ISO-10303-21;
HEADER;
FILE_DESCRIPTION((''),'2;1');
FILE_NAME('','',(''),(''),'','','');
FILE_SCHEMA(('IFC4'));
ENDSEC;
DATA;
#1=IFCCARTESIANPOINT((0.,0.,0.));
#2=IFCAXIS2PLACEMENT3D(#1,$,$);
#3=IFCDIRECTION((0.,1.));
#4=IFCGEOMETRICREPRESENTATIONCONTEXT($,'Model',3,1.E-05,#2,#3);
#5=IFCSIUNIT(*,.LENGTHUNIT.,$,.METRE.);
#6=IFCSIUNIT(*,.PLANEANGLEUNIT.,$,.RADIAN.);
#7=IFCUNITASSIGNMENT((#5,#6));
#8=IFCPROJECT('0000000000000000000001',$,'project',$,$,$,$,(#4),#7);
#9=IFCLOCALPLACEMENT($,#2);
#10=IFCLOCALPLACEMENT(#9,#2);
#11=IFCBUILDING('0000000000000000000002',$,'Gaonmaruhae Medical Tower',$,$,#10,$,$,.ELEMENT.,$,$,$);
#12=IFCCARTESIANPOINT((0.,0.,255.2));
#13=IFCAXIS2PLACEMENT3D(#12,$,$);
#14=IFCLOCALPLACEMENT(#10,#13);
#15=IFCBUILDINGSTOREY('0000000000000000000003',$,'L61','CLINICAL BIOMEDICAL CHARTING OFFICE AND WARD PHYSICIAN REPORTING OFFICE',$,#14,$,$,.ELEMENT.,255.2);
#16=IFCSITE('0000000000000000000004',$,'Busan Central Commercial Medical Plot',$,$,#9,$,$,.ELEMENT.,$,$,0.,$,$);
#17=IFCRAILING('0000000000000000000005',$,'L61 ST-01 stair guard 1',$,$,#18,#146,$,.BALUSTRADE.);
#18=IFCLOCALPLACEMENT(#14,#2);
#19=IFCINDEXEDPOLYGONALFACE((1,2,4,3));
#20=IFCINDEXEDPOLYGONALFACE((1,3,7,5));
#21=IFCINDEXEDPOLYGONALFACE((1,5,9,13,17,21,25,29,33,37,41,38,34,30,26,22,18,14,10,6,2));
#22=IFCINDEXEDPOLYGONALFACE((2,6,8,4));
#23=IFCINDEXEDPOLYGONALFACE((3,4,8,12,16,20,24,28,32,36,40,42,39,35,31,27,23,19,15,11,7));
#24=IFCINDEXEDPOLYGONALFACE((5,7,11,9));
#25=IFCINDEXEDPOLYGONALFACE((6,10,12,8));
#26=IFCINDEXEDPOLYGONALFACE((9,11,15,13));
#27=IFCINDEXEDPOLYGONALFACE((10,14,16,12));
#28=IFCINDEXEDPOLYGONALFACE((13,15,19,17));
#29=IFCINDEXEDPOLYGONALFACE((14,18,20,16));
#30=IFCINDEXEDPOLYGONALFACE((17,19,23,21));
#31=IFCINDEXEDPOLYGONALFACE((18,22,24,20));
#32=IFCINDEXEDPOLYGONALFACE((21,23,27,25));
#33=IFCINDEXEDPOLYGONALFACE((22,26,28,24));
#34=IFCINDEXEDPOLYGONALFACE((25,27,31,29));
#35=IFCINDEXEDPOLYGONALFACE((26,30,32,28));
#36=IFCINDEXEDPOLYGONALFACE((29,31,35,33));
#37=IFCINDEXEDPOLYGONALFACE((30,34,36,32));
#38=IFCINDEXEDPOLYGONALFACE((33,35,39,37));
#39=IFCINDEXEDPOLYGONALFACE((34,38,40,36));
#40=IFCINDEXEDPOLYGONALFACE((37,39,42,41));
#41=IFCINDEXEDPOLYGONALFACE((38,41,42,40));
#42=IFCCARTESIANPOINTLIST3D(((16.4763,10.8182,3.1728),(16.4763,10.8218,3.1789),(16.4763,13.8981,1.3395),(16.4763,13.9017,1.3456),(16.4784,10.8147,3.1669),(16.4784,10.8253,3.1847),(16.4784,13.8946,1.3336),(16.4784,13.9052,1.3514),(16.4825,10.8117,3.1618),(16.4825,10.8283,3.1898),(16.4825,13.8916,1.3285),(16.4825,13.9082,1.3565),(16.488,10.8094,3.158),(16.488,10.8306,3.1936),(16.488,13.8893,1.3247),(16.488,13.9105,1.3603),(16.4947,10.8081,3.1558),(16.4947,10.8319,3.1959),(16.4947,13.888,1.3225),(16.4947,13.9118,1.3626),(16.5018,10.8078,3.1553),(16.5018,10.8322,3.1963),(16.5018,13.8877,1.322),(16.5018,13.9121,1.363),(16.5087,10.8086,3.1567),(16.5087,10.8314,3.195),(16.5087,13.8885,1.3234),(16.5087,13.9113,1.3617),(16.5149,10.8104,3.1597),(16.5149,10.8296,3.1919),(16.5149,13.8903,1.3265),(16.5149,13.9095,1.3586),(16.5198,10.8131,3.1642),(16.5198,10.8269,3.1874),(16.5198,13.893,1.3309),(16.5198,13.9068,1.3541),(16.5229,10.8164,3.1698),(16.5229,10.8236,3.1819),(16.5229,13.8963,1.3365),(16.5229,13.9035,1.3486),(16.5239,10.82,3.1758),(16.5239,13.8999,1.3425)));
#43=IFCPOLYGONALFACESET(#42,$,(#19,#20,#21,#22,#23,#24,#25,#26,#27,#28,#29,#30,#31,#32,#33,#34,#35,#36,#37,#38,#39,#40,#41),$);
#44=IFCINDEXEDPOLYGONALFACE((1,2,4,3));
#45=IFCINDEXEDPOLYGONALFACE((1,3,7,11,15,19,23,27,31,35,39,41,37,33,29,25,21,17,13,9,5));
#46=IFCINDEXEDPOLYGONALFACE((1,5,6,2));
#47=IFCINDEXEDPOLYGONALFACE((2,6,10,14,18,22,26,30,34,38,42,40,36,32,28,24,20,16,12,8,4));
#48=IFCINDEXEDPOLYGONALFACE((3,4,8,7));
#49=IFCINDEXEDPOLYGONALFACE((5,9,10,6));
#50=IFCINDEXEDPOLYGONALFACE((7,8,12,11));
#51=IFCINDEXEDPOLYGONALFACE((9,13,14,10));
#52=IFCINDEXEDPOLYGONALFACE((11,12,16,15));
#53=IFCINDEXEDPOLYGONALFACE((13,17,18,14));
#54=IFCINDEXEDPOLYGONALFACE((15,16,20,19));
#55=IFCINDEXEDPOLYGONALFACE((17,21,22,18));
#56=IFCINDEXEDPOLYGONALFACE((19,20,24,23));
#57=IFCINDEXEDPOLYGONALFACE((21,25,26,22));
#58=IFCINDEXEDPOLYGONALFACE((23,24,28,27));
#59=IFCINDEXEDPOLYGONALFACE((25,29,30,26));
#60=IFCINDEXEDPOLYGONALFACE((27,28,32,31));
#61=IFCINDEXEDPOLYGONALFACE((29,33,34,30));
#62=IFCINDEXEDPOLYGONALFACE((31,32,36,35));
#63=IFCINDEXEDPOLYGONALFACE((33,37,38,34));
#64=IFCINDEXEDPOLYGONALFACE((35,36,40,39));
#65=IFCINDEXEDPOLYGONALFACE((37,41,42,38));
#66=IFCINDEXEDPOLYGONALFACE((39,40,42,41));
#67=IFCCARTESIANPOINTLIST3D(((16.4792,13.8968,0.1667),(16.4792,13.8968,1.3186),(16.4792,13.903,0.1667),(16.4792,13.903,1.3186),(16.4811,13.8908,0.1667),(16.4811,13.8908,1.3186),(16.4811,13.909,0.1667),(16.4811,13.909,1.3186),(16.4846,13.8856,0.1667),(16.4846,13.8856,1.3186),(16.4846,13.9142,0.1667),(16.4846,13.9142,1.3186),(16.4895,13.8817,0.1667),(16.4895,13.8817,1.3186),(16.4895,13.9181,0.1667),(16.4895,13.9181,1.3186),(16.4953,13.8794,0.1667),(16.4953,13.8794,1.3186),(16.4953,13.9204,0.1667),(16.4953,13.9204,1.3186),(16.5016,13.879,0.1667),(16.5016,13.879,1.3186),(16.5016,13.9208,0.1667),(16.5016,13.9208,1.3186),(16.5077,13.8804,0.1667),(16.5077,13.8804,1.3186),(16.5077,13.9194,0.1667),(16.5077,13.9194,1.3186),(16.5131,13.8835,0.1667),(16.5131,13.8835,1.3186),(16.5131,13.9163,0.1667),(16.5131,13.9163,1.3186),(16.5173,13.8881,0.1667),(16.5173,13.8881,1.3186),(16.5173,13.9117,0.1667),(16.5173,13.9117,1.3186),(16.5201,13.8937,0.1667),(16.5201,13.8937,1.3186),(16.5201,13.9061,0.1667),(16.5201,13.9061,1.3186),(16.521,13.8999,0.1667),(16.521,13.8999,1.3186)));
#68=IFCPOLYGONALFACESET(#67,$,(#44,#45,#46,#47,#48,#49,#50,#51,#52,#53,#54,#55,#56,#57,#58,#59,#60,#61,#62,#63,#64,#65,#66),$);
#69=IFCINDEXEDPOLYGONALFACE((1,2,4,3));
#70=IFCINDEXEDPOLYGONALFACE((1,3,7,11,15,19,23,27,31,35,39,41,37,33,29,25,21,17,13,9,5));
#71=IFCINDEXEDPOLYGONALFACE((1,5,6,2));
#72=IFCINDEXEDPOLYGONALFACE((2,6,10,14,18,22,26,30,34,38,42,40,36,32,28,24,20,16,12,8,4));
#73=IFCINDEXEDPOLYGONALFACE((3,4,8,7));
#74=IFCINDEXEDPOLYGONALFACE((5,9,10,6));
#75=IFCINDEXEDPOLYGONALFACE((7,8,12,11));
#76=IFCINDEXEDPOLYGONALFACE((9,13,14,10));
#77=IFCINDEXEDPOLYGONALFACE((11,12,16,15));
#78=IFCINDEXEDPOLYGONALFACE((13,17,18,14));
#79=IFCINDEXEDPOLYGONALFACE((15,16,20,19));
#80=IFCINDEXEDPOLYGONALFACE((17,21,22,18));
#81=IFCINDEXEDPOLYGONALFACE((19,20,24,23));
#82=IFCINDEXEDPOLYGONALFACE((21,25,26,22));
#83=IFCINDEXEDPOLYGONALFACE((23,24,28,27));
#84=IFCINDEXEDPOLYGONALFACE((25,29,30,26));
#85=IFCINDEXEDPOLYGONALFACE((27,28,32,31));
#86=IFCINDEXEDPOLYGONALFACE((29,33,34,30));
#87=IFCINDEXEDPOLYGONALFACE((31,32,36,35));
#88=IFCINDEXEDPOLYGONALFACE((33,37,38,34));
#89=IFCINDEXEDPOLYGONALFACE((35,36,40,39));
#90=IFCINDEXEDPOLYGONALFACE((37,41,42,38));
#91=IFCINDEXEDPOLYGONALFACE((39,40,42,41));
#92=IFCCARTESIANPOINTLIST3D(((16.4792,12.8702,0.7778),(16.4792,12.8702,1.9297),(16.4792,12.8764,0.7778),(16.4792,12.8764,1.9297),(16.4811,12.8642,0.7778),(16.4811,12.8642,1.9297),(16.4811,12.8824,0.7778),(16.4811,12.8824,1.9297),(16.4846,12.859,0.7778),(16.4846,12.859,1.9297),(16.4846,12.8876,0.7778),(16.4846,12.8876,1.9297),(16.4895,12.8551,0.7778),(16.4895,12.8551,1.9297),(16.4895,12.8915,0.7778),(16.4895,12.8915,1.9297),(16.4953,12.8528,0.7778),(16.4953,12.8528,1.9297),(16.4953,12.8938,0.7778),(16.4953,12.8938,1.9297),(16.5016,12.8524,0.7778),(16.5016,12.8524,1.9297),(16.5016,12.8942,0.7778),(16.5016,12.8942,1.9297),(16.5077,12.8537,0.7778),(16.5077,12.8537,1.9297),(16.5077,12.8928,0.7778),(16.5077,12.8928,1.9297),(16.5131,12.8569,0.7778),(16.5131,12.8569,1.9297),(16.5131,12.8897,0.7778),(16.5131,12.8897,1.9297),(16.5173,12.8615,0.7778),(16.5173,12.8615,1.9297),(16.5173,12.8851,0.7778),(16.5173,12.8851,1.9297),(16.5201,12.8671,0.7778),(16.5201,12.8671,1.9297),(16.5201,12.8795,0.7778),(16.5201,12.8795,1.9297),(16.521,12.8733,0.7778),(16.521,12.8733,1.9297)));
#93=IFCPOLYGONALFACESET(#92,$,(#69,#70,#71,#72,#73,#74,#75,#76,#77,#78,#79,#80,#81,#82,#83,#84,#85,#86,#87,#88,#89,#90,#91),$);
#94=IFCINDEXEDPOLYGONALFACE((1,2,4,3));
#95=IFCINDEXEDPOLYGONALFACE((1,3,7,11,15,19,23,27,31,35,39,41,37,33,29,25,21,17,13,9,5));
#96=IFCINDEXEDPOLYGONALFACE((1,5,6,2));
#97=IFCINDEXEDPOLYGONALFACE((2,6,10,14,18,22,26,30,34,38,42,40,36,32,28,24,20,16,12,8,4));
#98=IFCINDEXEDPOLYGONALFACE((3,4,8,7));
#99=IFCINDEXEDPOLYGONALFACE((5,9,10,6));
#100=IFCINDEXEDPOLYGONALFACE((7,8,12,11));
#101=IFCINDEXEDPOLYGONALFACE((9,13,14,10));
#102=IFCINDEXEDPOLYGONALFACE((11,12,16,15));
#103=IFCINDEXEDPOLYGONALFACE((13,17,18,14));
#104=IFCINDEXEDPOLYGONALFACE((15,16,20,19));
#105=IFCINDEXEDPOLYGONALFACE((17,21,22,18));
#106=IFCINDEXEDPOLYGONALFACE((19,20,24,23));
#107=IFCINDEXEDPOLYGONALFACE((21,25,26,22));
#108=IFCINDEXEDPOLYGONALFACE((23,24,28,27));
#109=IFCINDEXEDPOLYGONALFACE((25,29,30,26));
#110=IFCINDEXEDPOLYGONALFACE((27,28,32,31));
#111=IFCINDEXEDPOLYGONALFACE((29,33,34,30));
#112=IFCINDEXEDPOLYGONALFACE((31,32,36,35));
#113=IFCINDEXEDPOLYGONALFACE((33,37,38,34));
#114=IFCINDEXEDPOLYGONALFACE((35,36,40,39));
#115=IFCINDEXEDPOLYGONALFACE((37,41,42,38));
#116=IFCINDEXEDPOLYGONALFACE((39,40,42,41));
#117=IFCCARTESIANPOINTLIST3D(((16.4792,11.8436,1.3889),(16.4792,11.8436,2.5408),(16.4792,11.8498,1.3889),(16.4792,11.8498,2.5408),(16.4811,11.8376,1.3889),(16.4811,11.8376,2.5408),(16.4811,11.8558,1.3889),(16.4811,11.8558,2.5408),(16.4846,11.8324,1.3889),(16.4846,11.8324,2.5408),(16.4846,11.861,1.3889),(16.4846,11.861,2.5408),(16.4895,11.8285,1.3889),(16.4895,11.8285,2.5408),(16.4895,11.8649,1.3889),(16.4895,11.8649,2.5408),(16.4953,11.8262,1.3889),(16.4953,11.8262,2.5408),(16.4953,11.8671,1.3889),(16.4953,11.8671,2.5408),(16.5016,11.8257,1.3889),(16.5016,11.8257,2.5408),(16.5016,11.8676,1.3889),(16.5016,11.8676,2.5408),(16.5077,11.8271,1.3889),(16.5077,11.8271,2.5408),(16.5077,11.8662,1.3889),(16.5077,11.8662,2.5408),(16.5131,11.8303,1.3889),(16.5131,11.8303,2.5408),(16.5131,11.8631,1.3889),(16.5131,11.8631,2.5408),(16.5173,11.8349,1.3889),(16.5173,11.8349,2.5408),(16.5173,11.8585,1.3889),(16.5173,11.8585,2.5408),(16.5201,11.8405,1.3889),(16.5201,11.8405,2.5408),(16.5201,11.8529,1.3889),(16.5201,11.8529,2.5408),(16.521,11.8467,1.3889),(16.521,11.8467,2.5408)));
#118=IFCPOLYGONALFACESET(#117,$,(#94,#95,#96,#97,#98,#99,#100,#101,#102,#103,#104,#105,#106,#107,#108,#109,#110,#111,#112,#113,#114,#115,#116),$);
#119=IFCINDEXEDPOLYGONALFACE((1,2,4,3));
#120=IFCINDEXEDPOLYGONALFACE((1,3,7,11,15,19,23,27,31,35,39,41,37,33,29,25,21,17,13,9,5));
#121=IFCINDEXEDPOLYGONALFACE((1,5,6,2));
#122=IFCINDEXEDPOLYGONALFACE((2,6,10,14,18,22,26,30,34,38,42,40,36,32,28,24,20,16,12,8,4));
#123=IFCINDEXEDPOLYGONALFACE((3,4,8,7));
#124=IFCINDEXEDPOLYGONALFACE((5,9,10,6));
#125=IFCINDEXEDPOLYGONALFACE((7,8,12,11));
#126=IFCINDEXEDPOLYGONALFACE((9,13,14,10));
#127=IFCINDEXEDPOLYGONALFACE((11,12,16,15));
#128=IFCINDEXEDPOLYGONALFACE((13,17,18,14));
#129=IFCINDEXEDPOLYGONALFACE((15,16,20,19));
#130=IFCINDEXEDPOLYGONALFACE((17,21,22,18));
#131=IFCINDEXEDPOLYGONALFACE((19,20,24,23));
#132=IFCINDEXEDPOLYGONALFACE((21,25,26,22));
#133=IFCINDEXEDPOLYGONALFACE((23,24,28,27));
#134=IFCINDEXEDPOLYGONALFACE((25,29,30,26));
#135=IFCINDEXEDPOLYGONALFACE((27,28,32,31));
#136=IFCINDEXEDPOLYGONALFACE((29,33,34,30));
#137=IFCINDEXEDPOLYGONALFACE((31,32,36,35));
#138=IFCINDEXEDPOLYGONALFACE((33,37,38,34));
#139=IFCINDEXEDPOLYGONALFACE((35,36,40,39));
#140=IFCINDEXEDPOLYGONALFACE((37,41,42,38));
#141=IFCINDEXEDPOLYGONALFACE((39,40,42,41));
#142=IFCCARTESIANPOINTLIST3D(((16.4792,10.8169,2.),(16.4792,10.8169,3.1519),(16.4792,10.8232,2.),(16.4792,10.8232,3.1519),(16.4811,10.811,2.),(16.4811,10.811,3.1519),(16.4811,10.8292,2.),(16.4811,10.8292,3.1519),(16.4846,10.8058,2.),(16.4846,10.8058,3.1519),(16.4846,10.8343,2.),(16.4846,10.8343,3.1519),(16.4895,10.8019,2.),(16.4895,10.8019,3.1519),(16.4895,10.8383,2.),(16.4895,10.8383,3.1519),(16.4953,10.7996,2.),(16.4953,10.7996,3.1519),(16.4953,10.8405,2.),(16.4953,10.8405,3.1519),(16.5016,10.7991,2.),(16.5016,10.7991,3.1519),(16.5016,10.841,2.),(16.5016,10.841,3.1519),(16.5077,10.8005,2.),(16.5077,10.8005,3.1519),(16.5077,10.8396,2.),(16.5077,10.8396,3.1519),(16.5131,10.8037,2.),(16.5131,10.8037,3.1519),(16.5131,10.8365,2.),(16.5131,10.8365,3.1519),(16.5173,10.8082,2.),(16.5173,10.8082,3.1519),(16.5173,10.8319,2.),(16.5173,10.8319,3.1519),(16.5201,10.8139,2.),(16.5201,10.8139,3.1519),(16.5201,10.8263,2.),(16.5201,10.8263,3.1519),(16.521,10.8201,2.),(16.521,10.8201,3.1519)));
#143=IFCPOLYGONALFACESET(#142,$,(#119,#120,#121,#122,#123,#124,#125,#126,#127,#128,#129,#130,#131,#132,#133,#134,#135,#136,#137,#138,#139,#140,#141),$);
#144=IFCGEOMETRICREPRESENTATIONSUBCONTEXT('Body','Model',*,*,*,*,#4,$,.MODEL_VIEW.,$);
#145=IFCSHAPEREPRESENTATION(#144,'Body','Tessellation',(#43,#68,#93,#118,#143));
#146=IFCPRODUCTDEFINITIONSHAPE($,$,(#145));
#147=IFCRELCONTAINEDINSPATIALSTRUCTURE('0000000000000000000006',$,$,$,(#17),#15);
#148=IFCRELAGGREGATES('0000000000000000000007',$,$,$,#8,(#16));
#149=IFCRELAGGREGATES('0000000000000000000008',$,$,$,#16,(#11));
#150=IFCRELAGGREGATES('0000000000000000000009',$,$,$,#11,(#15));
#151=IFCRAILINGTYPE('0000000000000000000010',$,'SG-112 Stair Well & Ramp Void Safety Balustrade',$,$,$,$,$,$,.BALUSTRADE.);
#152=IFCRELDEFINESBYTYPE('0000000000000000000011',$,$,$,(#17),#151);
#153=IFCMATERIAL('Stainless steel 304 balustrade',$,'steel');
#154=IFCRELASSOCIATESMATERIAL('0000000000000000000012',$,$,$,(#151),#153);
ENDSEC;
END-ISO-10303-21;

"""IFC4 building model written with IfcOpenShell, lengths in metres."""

from ifc_helpers import new_model, si_unit, direction, frame, origin, origin_2d, place, context, subcontext, project, spatial, circle, extrude, material, type_object, element, save


model = new_model("IFC4")

# Units and contexts
model_context = context("Model", 3, precision=1e-05, world=origin(), true_north=direction((0.0, 1.0)))
body_context = subcontext(model_context, "Body", "Model", "MODEL_VIEW")
ifc_project = project(units=[si_unit("LENGTHUNIT", "METRE"), si_unit("PLANEANGLEUNIT", "RADIAN")], contexts=[model_context])

# Site, building, storey
site_placement = place(None, origin())
site = spatial("IfcSite", under=ifc_project, at=site_placement, Name="Busan Central Commercial Medical Plot", CompositionType="ELEMENT", RefElevation=0.0)
building_placement = place(site_placement, origin())
building = spatial("IfcBuilding", under=site, at=building_placement, Name="Gaonmaruhae Medical Tower", CompositionType="ELEMENT")
storey_placement = place(building_placement, frame((0.0, 0.0, 255.2)))
storey = spatial("IfcBuildingStorey", under=building, at=storey_placement, Name="L61", Description="CLINICAL BIOMEDICAL CHARTING OFFICE AND WARD PHYSICIAN REPORTING OFFICE", CompositionType="ELEMENT", Elevation=255.2)

# Railing
ifc_material_1 = material(Name="Stainless steel 304 balustrade", Category="steel")
railing_type_1 = type_object("IfcRailingType", Name="SG-112 Stair Well & Ramp Void Safety Balustrade", PredefinedType="BALUSTRADE", material=ifc_material_1)
railing_1_placement = place(storey_placement, frame((16.5, 13.8999, 0.1667)))
element("IfcRailing", 1, at=railing_1_placement, inside=storey, type_object=railing_type_1, Name="L61 ST-01 stair guard 1", PredefinedType="BALUSTRADE", context=body_context, shape_type="SweptSolid", body=[
    extrude(circle(Radius=0.0239, at=origin_2d()), frame((0.0, 0.0, 1.1758), z_axis=(0.0, -0.859291, 0.511487), x_axis=(1.0, 0.0, 0.0)), (0.0, 0.0, 1.0), 3.5842),
    extrude(circle(Radius=0.021, at=origin_2d()), origin(), (0.0, 0.0, 1.0), 1.1519),
    extrude(circle(Radius=0.021, at=origin_2d()), frame((0.0, -1.0266, 0.6111)), (0.0, 0.0, 1.0), 1.1519),
    extrude(circle(Radius=0.021, at=origin_2d()), frame((0.0, -2.0532, 1.2222)), (0.0, 0.0, 1.0), 1.1519),
    extrude(circle(Radius=0.021, at=origin_2d()), frame((0.0, -3.0798, 1.8333)), (0.0, 0.0, 1.0), 1.1519),
])

save(model, "model.ifc")
